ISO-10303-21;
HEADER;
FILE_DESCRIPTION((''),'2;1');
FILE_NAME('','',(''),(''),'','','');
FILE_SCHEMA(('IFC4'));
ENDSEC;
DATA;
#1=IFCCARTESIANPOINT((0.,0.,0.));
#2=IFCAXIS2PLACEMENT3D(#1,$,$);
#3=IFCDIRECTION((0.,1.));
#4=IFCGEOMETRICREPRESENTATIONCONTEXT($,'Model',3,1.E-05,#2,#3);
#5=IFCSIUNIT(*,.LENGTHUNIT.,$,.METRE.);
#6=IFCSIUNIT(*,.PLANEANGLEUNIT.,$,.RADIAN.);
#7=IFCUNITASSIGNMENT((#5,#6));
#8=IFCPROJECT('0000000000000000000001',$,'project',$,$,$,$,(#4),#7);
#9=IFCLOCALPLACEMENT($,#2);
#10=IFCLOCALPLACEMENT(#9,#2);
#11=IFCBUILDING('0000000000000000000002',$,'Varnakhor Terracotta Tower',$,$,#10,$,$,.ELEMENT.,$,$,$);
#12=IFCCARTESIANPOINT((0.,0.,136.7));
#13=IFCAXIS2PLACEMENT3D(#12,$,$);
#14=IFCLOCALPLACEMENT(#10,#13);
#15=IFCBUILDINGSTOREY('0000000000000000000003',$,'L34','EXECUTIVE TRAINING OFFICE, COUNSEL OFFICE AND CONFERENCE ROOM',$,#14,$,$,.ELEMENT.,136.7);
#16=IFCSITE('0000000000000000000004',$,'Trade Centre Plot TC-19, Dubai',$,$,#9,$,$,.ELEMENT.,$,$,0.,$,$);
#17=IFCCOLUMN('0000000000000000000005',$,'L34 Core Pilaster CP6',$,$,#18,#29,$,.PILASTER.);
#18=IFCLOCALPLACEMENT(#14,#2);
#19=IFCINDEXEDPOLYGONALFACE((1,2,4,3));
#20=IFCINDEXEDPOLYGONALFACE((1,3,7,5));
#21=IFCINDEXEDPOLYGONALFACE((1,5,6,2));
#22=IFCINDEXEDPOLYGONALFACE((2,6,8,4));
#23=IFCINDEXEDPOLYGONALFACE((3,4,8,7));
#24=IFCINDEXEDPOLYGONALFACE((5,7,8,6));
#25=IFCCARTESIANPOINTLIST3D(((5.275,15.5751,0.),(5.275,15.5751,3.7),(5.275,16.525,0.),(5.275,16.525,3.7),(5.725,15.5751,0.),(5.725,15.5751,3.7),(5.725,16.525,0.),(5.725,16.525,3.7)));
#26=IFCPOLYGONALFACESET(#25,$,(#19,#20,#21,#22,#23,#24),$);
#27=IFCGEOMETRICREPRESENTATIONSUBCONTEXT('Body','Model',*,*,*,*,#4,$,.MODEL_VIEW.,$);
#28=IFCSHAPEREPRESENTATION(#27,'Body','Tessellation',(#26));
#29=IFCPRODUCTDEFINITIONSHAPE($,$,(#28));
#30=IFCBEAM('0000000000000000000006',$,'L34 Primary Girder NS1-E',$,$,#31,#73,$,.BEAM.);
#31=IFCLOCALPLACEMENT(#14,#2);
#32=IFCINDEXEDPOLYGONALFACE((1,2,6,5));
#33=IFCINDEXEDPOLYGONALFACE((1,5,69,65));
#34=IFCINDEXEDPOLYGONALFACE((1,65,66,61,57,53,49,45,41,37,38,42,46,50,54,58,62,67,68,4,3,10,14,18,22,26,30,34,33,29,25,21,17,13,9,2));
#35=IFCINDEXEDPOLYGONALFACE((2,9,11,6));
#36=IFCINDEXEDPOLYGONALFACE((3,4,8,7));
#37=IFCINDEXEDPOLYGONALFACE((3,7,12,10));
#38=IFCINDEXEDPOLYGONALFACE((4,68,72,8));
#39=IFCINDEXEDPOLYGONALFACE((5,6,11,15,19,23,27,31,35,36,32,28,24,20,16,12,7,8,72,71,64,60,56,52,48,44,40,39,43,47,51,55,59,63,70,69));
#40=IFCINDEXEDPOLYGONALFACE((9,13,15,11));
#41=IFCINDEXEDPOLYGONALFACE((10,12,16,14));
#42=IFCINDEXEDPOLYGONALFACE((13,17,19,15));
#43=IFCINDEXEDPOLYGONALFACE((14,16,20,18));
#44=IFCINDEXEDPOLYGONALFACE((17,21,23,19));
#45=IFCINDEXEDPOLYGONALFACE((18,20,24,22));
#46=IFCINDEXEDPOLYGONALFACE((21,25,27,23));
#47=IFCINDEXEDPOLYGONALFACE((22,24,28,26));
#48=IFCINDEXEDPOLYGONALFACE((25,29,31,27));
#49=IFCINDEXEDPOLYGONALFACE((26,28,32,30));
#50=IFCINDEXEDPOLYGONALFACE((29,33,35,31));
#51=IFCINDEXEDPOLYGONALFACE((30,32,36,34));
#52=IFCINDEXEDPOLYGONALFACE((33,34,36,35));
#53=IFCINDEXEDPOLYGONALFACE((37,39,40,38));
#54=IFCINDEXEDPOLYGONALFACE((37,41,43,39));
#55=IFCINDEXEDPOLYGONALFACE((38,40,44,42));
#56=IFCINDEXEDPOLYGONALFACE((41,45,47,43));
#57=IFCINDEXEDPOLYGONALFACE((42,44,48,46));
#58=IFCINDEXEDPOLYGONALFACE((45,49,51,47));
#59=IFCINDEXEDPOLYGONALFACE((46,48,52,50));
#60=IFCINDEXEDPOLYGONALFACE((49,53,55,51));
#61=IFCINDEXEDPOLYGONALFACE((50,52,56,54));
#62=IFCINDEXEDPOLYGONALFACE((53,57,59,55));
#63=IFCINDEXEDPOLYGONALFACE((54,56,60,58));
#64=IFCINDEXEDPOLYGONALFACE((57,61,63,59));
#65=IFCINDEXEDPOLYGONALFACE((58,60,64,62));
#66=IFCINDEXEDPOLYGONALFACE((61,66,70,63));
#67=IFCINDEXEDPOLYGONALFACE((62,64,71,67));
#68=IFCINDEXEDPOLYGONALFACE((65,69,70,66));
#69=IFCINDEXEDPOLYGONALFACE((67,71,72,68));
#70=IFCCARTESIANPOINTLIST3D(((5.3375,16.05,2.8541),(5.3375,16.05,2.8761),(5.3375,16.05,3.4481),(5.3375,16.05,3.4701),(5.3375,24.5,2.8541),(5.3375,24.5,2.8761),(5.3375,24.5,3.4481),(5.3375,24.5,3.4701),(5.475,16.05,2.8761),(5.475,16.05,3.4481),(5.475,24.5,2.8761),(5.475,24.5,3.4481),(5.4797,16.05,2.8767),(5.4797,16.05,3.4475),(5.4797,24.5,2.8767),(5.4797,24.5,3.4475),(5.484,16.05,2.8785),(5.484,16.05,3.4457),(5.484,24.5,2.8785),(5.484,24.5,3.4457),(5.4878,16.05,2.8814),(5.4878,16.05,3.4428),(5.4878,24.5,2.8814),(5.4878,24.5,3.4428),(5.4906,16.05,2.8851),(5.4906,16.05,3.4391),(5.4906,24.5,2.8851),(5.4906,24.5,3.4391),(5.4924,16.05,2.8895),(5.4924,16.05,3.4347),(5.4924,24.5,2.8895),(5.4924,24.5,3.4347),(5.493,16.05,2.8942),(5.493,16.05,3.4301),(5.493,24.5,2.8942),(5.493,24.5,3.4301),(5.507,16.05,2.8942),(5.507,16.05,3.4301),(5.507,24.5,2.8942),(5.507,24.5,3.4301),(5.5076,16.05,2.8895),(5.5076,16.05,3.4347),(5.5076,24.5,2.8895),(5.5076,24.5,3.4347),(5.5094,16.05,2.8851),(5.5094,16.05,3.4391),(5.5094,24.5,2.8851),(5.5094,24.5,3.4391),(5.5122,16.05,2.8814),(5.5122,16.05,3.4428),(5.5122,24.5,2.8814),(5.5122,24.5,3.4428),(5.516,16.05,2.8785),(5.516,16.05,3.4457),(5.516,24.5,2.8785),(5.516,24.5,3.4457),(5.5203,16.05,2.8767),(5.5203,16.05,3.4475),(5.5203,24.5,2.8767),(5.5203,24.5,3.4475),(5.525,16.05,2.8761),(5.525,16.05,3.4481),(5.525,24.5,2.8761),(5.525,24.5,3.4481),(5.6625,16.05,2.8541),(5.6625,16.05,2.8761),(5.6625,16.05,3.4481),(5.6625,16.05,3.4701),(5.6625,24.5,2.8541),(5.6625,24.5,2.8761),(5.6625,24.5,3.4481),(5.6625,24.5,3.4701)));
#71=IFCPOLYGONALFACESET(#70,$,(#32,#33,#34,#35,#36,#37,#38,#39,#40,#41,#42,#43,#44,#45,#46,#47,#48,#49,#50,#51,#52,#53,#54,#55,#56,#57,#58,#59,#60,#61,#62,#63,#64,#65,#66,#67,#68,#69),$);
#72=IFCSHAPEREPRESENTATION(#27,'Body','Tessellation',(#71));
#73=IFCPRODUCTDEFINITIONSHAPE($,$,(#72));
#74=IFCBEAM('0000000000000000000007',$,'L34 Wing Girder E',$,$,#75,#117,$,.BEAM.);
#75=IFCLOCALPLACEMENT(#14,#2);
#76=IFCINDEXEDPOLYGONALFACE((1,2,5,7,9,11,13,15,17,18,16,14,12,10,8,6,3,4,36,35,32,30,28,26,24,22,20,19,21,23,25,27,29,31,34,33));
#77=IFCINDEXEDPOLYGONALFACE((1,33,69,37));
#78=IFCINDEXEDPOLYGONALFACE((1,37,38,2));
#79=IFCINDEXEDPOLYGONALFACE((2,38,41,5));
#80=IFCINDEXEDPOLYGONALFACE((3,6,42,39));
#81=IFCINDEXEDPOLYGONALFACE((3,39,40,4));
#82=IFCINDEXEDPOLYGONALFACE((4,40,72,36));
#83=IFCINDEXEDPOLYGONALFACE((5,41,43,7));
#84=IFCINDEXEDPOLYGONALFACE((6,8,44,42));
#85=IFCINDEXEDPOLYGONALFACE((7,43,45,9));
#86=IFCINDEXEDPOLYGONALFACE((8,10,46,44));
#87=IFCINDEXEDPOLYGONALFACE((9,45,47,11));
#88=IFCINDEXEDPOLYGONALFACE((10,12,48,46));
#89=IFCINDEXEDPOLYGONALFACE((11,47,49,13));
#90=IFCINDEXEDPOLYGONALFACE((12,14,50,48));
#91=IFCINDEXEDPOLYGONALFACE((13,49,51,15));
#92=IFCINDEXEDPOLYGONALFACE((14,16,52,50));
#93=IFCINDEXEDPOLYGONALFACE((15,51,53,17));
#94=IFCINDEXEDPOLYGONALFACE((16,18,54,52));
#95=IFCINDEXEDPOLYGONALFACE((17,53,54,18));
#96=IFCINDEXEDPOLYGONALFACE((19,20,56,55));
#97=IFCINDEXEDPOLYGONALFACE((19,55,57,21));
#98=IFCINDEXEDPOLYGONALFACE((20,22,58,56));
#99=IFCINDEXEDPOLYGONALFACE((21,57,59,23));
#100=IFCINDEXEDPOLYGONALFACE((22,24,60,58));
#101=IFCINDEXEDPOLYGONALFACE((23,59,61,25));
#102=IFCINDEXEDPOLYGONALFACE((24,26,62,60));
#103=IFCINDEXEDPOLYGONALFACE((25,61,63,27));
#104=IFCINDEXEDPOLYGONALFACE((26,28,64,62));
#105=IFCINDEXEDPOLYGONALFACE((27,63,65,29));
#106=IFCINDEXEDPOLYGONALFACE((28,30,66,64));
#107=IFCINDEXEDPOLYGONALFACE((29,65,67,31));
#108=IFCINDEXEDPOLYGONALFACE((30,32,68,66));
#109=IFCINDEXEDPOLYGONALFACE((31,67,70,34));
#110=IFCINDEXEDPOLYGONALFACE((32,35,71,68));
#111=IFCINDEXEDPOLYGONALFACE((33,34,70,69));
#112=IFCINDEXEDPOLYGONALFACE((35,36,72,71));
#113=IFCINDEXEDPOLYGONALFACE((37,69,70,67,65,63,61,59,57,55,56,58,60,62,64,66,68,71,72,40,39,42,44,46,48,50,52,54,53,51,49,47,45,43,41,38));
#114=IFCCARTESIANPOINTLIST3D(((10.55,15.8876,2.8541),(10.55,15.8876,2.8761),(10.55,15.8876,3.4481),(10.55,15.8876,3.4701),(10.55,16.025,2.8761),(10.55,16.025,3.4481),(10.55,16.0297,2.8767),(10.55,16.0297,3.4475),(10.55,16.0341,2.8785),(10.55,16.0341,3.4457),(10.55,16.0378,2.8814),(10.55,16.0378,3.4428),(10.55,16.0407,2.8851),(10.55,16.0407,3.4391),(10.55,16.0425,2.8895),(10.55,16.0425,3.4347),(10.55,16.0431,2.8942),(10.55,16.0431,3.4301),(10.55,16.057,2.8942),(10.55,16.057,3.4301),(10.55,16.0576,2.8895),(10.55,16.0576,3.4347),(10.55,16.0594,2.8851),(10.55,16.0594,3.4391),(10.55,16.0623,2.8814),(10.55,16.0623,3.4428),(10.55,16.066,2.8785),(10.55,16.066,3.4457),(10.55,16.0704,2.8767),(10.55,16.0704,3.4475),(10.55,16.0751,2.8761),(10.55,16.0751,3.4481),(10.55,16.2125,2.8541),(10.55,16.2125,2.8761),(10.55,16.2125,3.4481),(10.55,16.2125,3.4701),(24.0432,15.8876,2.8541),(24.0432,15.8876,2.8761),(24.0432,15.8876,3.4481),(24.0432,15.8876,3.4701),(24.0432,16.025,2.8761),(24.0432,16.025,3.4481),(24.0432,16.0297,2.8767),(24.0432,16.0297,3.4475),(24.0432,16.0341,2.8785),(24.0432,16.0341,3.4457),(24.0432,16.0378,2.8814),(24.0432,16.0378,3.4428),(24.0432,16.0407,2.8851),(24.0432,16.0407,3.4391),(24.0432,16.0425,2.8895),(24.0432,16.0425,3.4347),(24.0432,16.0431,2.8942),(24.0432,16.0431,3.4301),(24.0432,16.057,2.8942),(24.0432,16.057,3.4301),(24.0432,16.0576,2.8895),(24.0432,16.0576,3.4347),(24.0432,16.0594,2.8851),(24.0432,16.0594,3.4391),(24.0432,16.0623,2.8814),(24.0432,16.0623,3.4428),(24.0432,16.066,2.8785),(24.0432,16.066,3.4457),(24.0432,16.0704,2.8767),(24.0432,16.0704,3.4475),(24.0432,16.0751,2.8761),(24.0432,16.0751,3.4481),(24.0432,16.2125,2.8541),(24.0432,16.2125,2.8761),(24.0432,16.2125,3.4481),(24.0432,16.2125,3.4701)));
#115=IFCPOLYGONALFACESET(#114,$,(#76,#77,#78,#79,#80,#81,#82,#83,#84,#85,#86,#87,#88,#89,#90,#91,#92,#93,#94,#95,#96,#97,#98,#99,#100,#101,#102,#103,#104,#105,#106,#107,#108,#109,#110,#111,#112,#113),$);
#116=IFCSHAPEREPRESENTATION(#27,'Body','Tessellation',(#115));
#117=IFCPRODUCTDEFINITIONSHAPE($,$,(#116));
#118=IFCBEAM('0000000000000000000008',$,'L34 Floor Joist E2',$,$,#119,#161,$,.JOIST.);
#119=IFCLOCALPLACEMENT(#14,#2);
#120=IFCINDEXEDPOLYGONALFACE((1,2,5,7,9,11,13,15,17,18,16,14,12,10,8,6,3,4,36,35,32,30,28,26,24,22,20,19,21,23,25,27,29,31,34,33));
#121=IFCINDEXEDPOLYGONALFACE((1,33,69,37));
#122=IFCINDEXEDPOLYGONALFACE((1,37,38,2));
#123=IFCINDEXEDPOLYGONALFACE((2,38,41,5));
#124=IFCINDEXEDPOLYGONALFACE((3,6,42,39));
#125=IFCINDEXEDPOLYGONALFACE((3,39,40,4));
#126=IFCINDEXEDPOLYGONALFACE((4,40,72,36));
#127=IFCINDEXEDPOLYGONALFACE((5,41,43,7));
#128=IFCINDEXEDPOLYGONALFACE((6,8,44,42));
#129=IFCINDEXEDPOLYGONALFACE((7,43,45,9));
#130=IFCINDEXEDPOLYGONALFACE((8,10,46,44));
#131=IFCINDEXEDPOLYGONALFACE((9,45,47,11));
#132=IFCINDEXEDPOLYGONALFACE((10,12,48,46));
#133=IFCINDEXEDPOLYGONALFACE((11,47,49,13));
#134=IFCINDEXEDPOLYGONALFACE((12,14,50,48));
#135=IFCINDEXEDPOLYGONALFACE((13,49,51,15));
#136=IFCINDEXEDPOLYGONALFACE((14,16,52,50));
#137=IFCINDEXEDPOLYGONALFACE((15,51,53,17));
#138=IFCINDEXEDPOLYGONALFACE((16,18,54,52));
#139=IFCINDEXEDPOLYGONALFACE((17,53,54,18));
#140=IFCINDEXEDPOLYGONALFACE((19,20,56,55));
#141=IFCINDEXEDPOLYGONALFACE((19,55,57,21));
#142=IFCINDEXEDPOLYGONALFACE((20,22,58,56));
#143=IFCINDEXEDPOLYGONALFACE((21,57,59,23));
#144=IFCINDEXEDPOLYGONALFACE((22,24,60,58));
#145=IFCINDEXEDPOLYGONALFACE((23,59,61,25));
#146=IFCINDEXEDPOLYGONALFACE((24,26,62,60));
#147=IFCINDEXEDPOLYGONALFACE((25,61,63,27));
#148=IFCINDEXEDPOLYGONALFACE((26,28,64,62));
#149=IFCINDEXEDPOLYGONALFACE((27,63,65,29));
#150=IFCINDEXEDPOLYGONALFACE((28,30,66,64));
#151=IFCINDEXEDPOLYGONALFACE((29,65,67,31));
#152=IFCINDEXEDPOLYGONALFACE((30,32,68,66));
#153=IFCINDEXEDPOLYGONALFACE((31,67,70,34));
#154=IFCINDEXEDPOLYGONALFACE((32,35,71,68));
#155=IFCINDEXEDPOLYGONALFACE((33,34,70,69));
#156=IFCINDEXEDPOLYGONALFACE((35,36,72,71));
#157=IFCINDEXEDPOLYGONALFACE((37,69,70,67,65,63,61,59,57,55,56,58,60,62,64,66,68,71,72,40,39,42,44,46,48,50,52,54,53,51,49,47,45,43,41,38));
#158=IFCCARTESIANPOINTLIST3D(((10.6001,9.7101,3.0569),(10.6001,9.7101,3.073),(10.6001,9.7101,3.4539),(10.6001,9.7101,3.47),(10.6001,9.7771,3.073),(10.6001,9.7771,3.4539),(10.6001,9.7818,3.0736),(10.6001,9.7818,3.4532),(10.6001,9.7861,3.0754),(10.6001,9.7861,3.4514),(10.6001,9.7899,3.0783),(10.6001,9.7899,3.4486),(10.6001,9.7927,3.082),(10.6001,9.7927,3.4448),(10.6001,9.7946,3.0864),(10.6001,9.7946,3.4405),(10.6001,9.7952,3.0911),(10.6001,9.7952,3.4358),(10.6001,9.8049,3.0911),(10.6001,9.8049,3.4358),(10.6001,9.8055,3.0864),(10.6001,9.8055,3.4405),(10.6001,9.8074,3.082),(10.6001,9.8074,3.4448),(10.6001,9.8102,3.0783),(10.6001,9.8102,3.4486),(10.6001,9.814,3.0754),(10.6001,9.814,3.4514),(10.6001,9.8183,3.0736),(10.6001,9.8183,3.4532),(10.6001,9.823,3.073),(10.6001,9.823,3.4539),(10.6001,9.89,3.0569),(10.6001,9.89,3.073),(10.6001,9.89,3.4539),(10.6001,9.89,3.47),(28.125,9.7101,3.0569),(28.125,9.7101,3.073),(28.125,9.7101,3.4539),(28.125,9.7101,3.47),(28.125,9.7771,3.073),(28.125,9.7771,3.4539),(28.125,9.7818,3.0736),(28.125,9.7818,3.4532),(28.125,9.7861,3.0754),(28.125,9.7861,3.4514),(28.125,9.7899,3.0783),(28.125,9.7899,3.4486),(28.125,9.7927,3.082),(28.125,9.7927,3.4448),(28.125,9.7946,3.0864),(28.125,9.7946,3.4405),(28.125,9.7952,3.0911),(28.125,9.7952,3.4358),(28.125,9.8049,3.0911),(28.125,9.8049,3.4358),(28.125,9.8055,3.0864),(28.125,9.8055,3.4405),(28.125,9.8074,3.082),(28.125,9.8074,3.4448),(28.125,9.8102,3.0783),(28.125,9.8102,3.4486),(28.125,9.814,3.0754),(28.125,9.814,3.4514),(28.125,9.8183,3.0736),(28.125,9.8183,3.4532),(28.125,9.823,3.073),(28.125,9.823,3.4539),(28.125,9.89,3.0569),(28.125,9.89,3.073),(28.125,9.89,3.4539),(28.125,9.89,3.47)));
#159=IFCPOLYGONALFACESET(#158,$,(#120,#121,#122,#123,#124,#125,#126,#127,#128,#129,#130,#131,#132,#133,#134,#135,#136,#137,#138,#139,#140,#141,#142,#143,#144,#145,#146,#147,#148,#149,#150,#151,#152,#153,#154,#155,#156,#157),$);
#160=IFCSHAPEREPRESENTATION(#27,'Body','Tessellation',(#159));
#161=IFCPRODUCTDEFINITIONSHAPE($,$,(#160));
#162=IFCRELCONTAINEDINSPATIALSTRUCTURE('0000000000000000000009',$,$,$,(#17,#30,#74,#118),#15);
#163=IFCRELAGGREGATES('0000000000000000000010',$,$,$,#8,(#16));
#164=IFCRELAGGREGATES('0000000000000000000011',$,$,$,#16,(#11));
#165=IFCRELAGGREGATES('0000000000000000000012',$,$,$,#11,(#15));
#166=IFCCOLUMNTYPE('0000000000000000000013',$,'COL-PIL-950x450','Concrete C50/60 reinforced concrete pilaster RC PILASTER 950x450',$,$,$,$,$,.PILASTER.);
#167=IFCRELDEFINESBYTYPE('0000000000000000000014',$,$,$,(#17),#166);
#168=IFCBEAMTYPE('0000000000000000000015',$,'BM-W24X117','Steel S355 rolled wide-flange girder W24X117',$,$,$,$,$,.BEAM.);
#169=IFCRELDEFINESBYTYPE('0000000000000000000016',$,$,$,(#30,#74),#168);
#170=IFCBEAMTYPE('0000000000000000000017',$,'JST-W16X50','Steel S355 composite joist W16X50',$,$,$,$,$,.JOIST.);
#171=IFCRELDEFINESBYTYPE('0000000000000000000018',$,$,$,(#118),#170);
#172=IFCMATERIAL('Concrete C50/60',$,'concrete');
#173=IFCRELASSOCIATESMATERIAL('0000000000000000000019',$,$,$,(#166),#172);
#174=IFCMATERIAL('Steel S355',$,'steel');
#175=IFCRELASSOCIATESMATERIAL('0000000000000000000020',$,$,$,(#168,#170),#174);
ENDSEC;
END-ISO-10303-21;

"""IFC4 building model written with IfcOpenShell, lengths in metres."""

from ifc_helpers import new_model, si_unit, direction, frame, origin, origin_2d, place, context, subcontext, project, spatial, rectangle, i_section, extrude, source, transform, mapped, material, material_profile, profile_set, type_object, type_shapes, element, save


model = new_model("IFC4")

# Units and contexts
model_context = context("Model", 3, precision=1e-05, world=origin(), true_north=direction((0.0, 1.0)))
body_context = subcontext(model_context, "Body", "Model", "MODEL_VIEW")
ifc_project = project(units=[si_unit("LENGTHUNIT", "METRE"), si_unit("PLANEANGLEUNIT", "RADIAN")], contexts=[model_context])

# Site, building, storey
site_placement = place(None, origin())
site = spatial("IfcSite", under=ifc_project, at=site_placement, Name="Trade Centre Plot TC-19, Dubai", CompositionType="ELEMENT", RefElevation=0.0)
building_placement = place(site_placement, origin())
building = spatial("IfcBuilding", under=site, at=building_placement, Name="Varnakhor Terracotta Tower", CompositionType="ELEMENT")
storey_placement = place(building_placement, frame((0.0, 0.0, 136.7)))
storey = spatial("IfcBuildingStorey", under=building, at=storey_placement, Name="L34", Description="EXECUTIVE TRAINING OFFICE, COUNSEL OFFICE AND CONFERENCE ROOM", CompositionType="ELEMENT", Elevation=136.7)

# Column
ifc_material_1 = material(Name="Concrete C50/60", Category="concrete")
ifc_material_profile_1 = material_profile(ifc_material_1, rectangle(XDim=0.45, YDim=0.95, at=origin_2d()), Name="RC PILASTER 950x450")
ifc_profile_set_1 = profile_set([ifc_material_profile_1], Name="Concrete C50/60")
column_type = type_object("IfcColumnType", Name="COL-PIL-950x450", Description="Concrete C50/60 reinforced concrete pilaster RC PILASTER 950x450", PredefinedType="PILASTER", material=ifc_profile_set_1)
shared_shape_1 = source(origin(), body_context, "Body", "SweptSolid", [
    extrude(rectangle(XDim=0.45, YDim=0.95, at=origin_2d()), origin(), (0.0, 0.0, 1.0), 3.7),
])
column_placement = place(storey_placement, frame((5.5, 16.05, 0.0), z_axis=(0.0, 0.0, 1.0), x_axis=(1.0, 0.0, 0.0)))
element("IfcColumn", 1, at=column_placement, inside=storey, type_object=column_type, Name="L34 Core Pilaster CP6", PredefinedType="PILASTER", context=body_context, shape_type="MappedRepresentation", body=[
    mapped(shared_shape_1, transform((0.0, 0.0, 0.0), scale=1.0)),
])

# Beams
ifc_material_2 = material(Name="Steel S355", Category="steel")
ifc_material_profile_2 = material_profile(ifc_material_2, i_section(OverallWidth=0.325, OverallDepth=0.616, WebThickness=0.0139, FlangeThickness=0.022, FilletRadius=0.0181, at=origin_2d()), Name="W24X117")
ifc_profile_set_2 = profile_set([ifc_material_profile_2], Name="Steel S355")
beam_type_1 = type_object("IfcBeamType", Name="BM-W24X117", Description="Steel S355 rolled wide-flange girder W24X117", PredefinedType="BEAM", material=ifc_profile_set_2)
shared_shape_2 = source(origin(), body_context, "Body", "SweptSolid", [
    extrude(i_section(OverallWidth=0.325, OverallDepth=0.616, WebThickness=0.0139, FlangeThickness=0.022, FilletRadius=0.0181, at=origin_2d()), origin(), (0.0, 0.0, 1.0), 8.45),
])
type_shapes(beam_type_1, [shared_shape_2])
beam_1_placement = place(storey_placement, frame((5.5, 16.05, 3.1621), z_axis=(0.0, 1.0, 0.0), x_axis=(-1.0, 0.0, 0.0)))
element("IfcBeam", 2, at=beam_1_placement, inside=storey, type_object=beam_type_1, Name="L34 Primary Girder NS1-E", PredefinedType="BEAM", context=body_context, shape_type="MappedRepresentation", body=[
    mapped(shared_shape_2, transform((0.0, 0.0, 0.0), scale=1.0)),
])
shared_shape_3 = source(origin(), body_context, "Body", "SweptSolid", [
    extrude(i_section(OverallWidth=0.325, OverallDepth=0.616, WebThickness=0.0139, FlangeThickness=0.022, FilletRadius=0.0181, at=origin_2d()), origin(), (0.0, 0.0, 1.0), 13.4932),
])
beam_2_placement = place(storey_placement, frame((10.55, 16.05, 3.1621), z_axis=(1.0, 0.0, 0.0), x_axis=(0.0, 1.0, 0.0)))
element("IfcBeam", 3, at=beam_2_placement, inside=storey, type_object=beam_type_1, Name="L34 Wing Girder E", PredefinedType="BEAM", context=body_context, shape_type="MappedRepresentation", body=[
    mapped(shared_shape_3, transform((0.0, 0.0, 0.0), scale=1.0)),
])
ifc_material_profile_3 = material_profile(ifc_material_2, i_section(OverallWidth=0.1799, OverallDepth=0.4131, WebThickness=0.0098, FlangeThickness=0.0161, FilletRadius=0.0181, at=origin_2d()), Name="W16X50")
ifc_profile_set_3 = profile_set([ifc_material_profile_3], Name="Steel S355")
beam_type_2 = type_object("IfcBeamType", Name="JST-W16X50", Description="Steel S355 composite joist W16X50", PredefinedType="JOIST", material=ifc_profile_set_3)
shared_shape_4 = source(origin(), body_context, "Body", "SweptSolid", [
    extrude(i_section(OverallWidth=0.1799, OverallDepth=0.4131, WebThickness=0.0098, FlangeThickness=0.0161, FilletRadius=0.0181, at=origin_2d()), origin(), (0.0, 0.0, 1.0), 17.5249),
])
beam_3_placement = place(storey_placement, frame((10.6001, 9.8, 3.2634), z_axis=(1.0, 0.0, 0.0), x_axis=(0.0, 1.0, 0.0)))
element("IfcBeam", 4, at=beam_3_placement, inside=storey, type_object=beam_type_2, Name="L34 Floor Joist E2", PredefinedType="JOIST", context=body_context, shape_type="MappedRepresentation", body=[
    mapped(shared_shape_4, transform((0.0, 0.0, 0.0), scale=1.0)),
])

save(model, "model.ifc")
